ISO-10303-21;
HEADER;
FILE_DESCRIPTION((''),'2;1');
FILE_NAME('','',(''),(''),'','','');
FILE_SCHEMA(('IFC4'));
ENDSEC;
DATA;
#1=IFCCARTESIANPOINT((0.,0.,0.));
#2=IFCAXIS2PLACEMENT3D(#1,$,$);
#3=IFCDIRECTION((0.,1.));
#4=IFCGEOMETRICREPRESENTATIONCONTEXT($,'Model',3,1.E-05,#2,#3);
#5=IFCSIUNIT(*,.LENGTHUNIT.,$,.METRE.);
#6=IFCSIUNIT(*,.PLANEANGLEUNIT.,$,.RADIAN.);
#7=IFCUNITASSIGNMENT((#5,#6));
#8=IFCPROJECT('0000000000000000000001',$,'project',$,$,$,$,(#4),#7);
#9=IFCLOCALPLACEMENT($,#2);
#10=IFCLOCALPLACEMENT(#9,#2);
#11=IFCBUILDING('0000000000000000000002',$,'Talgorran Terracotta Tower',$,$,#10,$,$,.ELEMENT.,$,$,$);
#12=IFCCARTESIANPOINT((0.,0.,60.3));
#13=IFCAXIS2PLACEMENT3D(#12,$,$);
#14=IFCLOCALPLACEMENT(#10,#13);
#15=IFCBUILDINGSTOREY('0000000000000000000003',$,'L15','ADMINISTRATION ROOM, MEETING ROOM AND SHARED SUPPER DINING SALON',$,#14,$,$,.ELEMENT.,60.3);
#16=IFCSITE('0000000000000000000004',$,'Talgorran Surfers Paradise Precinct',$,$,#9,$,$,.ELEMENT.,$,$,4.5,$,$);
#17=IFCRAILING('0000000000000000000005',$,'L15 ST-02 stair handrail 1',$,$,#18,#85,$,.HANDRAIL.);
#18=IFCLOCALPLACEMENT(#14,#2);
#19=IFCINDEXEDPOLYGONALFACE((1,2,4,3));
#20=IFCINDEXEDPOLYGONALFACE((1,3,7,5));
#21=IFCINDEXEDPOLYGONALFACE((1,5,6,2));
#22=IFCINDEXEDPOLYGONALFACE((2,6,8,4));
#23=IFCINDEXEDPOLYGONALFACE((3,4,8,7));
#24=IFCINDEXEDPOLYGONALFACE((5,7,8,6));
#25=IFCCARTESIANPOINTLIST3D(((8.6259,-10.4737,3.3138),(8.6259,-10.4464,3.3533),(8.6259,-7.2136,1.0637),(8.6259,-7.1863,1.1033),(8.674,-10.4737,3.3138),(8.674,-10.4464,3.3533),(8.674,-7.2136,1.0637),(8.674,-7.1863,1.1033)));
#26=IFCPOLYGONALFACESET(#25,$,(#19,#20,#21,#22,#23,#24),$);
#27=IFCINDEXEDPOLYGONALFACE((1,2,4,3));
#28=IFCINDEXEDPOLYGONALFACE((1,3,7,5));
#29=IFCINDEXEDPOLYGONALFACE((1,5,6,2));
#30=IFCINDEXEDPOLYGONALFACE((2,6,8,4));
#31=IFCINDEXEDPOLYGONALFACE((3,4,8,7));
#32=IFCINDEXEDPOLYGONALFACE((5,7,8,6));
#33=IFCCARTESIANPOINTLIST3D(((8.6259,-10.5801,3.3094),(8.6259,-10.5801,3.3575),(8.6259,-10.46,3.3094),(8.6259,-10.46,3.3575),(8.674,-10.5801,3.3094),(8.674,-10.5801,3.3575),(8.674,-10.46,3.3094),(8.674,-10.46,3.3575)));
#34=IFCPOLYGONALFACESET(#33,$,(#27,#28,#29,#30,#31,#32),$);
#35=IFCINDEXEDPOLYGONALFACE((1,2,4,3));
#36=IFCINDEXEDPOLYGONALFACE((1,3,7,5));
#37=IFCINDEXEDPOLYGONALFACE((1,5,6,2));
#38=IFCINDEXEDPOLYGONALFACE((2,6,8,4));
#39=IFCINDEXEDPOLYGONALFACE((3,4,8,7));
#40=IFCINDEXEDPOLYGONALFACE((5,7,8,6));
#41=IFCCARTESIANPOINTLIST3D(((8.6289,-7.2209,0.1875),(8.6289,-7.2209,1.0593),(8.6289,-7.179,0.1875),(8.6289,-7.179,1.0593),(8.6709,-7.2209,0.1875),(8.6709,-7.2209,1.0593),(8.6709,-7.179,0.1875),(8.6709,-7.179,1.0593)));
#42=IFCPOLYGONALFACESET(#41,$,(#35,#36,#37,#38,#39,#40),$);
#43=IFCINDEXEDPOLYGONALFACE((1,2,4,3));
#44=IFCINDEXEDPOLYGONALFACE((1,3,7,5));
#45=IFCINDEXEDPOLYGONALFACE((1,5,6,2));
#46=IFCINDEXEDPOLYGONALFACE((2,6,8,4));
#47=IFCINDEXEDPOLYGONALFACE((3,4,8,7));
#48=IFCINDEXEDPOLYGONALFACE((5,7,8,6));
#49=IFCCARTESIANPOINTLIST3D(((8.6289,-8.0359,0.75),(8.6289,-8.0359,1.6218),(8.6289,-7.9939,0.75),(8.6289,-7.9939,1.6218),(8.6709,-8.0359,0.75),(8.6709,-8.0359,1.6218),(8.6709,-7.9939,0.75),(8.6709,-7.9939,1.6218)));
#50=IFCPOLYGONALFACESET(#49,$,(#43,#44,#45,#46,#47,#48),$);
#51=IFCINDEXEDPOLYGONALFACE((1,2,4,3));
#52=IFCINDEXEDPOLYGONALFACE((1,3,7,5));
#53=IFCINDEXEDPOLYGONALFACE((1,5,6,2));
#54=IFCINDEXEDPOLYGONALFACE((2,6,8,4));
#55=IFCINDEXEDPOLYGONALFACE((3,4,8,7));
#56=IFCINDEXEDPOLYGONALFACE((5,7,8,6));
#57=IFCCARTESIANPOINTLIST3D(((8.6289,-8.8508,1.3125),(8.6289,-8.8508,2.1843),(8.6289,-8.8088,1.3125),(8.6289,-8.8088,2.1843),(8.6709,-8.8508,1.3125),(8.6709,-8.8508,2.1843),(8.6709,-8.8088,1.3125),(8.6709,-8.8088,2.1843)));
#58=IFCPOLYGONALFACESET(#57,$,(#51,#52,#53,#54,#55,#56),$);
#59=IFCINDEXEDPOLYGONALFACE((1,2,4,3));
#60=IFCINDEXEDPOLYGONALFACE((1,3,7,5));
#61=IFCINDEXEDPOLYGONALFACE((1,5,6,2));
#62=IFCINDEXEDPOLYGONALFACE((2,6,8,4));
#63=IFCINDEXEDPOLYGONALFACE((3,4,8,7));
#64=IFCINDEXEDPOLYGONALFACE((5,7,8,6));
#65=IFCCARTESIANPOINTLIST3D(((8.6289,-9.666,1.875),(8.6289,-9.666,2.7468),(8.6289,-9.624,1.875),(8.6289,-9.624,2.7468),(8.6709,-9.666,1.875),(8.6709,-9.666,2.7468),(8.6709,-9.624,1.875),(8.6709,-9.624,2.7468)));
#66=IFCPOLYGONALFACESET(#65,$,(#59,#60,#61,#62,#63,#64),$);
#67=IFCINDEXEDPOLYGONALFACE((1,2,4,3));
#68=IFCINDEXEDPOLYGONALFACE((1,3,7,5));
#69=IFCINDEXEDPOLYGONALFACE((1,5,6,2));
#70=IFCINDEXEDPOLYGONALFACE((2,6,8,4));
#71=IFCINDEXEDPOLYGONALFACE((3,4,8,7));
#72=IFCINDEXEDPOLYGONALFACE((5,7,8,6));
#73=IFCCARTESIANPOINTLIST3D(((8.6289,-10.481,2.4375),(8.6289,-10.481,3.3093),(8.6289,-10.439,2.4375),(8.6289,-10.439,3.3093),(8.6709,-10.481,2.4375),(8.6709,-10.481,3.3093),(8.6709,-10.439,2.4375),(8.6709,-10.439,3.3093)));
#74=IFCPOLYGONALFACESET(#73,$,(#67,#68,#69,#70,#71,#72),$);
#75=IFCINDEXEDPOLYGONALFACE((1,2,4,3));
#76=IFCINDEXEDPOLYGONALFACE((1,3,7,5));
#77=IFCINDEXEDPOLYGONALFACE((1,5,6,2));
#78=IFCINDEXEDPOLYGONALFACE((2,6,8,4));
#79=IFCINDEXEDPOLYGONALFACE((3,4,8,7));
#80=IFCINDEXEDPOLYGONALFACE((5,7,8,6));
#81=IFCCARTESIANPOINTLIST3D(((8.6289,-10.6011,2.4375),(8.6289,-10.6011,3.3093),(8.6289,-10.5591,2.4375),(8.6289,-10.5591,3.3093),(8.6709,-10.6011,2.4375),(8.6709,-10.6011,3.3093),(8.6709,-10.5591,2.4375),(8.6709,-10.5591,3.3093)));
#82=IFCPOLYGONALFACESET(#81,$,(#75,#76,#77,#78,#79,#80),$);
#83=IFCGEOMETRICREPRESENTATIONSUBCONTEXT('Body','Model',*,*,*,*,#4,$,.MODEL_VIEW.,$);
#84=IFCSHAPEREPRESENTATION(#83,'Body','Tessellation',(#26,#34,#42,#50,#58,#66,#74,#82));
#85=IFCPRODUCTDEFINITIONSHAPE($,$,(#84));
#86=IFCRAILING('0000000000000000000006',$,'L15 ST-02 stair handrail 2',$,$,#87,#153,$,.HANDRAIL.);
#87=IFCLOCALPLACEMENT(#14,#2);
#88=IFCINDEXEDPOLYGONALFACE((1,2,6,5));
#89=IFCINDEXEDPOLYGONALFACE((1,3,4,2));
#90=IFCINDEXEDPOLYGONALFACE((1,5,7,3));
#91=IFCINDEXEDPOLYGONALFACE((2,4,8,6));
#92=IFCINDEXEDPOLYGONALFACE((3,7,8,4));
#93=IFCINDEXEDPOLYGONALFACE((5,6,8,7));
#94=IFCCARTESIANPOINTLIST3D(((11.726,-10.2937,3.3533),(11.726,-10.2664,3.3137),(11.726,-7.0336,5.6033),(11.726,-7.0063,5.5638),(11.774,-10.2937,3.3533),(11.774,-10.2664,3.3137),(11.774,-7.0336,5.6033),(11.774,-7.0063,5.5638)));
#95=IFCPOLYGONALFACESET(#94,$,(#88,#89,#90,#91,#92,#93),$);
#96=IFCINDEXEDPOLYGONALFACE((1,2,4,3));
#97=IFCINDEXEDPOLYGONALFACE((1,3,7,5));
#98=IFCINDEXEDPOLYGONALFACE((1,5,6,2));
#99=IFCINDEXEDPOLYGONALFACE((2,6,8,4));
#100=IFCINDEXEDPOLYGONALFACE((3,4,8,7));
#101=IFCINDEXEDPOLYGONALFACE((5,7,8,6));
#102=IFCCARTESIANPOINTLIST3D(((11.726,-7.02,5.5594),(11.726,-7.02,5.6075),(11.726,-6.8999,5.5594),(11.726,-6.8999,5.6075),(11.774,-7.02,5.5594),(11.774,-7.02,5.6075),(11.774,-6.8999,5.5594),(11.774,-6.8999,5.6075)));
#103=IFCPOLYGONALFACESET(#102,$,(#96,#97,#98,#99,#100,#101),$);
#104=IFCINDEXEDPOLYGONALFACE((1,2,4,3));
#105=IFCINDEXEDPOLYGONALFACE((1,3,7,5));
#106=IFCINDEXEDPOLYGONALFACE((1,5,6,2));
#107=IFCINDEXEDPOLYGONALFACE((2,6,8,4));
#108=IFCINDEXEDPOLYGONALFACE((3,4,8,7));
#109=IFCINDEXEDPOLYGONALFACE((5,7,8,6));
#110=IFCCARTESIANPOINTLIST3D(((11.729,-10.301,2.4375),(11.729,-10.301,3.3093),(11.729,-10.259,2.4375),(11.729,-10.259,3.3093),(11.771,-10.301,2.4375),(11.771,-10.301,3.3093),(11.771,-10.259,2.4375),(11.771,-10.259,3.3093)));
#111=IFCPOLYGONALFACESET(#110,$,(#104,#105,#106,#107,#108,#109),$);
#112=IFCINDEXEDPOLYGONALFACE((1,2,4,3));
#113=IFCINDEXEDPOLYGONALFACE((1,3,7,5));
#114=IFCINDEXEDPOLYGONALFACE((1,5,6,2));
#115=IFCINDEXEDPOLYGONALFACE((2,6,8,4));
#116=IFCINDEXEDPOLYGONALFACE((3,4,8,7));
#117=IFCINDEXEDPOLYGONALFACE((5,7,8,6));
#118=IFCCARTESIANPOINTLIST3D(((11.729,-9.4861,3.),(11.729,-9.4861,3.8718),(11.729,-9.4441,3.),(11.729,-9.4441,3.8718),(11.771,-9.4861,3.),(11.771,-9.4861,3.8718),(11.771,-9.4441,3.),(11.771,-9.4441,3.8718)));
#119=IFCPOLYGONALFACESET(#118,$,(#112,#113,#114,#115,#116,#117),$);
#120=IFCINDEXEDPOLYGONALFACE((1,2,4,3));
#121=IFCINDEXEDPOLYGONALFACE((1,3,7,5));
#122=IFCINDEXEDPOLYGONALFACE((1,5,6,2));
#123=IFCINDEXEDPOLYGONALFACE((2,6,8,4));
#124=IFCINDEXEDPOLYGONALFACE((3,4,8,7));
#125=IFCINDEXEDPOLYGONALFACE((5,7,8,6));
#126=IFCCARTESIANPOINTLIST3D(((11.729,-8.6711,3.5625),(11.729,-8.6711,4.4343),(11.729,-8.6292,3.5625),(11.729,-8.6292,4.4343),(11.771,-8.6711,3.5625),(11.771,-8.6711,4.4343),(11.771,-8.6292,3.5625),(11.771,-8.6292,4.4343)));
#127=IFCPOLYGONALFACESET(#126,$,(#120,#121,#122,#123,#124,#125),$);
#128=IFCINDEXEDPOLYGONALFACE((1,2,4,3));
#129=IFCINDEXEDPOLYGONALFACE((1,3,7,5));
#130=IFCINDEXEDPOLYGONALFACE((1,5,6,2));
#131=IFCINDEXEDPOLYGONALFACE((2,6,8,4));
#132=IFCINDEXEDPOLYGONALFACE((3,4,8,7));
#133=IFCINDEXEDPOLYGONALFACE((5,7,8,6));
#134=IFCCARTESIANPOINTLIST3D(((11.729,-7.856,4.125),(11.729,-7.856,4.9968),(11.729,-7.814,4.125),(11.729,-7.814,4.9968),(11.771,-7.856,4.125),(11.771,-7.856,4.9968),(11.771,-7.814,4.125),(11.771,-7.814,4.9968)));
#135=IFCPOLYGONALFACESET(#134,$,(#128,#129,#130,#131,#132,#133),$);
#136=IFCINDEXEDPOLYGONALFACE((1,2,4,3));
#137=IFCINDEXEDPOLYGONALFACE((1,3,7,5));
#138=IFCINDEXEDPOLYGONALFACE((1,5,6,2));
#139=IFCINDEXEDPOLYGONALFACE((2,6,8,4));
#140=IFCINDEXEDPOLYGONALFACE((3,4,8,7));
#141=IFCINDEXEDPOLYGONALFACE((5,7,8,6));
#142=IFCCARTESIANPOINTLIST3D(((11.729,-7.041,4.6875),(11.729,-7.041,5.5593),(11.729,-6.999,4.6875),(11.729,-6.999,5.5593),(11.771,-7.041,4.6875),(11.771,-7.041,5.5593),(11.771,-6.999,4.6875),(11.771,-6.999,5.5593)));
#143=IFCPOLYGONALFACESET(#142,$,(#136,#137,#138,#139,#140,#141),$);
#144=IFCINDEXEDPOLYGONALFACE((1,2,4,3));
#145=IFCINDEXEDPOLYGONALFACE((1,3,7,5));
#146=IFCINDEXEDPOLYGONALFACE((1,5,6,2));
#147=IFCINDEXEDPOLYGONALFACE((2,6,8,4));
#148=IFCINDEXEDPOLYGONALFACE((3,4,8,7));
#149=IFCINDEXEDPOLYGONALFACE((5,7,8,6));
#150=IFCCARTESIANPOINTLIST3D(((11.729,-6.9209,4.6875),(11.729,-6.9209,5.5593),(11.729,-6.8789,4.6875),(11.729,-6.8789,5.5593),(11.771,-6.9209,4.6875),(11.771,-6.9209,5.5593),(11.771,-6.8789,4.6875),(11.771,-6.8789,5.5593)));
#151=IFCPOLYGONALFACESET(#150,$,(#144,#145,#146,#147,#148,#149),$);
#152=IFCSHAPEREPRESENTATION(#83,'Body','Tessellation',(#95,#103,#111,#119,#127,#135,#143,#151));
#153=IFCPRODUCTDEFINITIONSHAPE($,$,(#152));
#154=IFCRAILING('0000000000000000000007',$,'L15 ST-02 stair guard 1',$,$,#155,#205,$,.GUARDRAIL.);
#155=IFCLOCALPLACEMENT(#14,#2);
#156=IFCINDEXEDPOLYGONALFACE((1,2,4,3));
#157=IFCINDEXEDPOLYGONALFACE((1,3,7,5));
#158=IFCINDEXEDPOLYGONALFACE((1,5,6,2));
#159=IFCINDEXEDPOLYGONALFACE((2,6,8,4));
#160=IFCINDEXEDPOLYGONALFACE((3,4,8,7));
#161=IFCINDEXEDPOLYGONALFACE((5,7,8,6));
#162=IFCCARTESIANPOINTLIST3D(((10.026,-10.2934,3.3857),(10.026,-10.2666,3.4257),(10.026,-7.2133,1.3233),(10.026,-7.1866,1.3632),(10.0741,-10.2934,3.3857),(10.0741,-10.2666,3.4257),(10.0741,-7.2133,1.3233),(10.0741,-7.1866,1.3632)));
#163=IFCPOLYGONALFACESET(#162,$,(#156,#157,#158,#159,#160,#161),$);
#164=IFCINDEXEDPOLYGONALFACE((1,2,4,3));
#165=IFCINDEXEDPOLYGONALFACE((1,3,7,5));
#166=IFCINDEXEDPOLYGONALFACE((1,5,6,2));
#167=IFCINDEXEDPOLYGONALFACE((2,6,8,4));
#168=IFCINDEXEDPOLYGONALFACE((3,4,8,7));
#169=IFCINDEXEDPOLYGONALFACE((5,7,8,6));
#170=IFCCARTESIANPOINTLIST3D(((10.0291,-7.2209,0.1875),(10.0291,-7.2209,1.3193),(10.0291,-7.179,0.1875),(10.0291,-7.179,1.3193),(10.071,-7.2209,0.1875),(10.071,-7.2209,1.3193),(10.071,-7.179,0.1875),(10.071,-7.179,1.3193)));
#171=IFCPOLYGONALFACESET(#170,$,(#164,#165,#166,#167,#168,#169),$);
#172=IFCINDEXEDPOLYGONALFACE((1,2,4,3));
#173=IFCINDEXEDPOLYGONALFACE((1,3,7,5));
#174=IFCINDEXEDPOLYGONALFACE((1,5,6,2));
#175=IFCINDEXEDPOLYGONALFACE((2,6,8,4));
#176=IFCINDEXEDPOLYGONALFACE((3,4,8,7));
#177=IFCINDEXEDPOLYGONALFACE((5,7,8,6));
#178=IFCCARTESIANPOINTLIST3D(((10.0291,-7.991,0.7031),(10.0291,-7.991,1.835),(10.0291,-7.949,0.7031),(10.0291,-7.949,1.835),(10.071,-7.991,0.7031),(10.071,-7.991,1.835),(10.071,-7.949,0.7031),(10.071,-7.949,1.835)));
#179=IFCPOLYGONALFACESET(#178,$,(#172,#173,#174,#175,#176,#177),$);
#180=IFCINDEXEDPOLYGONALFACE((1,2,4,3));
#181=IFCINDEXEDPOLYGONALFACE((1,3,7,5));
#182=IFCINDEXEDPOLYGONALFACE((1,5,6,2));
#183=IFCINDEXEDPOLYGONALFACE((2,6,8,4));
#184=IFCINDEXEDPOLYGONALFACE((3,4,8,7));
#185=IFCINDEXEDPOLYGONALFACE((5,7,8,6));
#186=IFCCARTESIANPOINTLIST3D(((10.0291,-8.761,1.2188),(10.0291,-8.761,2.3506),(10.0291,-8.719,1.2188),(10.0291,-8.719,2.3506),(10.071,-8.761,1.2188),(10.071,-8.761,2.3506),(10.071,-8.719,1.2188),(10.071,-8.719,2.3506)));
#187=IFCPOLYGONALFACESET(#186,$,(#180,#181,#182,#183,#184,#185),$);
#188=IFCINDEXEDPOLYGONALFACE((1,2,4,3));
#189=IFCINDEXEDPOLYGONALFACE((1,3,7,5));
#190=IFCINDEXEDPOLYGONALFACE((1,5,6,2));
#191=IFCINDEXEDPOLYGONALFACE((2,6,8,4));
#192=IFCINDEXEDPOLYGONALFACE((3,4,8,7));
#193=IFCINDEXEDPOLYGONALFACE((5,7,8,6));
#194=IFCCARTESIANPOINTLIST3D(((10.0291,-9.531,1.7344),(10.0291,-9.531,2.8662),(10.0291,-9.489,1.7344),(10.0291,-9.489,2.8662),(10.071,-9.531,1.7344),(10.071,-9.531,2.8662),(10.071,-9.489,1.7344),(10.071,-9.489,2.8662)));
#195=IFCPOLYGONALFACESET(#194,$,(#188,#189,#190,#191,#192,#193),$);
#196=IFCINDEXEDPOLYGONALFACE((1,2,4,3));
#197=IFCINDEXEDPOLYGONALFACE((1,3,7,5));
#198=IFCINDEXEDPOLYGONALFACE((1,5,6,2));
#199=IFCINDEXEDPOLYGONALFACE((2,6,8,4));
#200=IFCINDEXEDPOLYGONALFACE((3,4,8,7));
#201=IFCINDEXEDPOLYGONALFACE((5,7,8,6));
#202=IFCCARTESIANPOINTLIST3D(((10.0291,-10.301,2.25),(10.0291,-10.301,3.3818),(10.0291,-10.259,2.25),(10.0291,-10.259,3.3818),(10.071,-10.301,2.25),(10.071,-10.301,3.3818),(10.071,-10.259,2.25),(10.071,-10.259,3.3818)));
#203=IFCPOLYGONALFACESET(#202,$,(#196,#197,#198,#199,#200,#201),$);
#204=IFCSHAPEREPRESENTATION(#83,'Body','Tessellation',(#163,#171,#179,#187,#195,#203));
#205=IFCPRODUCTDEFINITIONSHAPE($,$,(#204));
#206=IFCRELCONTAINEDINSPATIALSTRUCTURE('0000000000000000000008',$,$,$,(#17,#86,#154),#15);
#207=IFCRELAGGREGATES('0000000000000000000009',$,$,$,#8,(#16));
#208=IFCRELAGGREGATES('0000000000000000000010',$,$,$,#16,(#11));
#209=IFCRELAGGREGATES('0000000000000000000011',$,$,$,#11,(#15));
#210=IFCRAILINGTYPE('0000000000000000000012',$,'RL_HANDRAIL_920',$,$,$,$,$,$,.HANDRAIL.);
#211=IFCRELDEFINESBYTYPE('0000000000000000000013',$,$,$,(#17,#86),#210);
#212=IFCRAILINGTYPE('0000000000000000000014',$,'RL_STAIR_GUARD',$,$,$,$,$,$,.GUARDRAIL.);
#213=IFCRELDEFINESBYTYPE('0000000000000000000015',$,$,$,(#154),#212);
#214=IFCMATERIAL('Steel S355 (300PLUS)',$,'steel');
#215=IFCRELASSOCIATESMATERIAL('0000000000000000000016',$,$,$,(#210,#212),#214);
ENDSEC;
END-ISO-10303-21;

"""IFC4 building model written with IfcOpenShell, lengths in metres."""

from ifc_helpers import new_model, si_unit, direction, frame, origin, origin_2d, place, context, subcontext, project, spatial, rectangle, extrude, material, type_object, element, save


model = new_model("IFC4")

# Units and contexts
model_context = context("Model", 3, precision=1e-05, world=origin(), true_north=direction((0.0, 1.0)))
body_context = subcontext(model_context, "Body", "Model", "MODEL_VIEW")
ifc_project = project(units=[si_unit("LENGTHUNIT", "METRE"), si_unit("PLANEANGLEUNIT", "RADIAN")], contexts=[model_context])

# Site, building, storey
site_placement = place(None, origin())
site = spatial("IfcSite", under=ifc_project, at=site_placement, Name="Talgorran Surfers Paradise Precinct", CompositionType="ELEMENT", RefElevation=4.5)
building_placement = place(site_placement, origin())
building = spatial("IfcBuilding", under=site, at=building_placement, Name="Talgorran Terracotta Tower", CompositionType="ELEMENT")
storey_placement = place(building_placement, frame((0.0, 0.0, 60.3)))
storey = spatial("IfcBuildingStorey", under=building, at=storey_placement, Name="L15", Description="ADMINISTRATION ROOM, MEETING ROOM AND SHARED SUPPER DINING SALON", CompositionType="ELEMENT", Elevation=60.3)

# Railings
ifc_material_1 = material(Name="Steel S355 (300PLUS)", Category="steel")
railing_type_1 = type_object("IfcRailingType", Name="RL_HANDRAIL_920", PredefinedType="HANDRAIL", material=ifc_material_1)
railing_1_placement = place(storey_placement, frame((8.6499, -7.2, 0.1875)))
element("IfcRailing", 1, at=railing_1_placement, inside=storey, type_object=railing_type_1, Name="L15 ST-02 stair handrail 1", PredefinedType="HANDRAIL", context=body_context, shape_type="SweptSolid", body=[
    extrude(rectangle(XDim=0.0481, YDim=0.0481, at=origin_2d()), frame((0.0, 0.0, 0.896), z_axis=(0.0, -0.82301, 0.568027), x_axis=(1.0, 0.0, 0.0)), (0.0, 0.0, 1.0), 3.9612),
    extrude(rectangle(XDim=0.0481, YDim=0.0481, at=origin_2d()), frame((0.0, -3.26, 3.146), z_axis=(0.0, -1.0, 0.0), x_axis=(1.0, 0.0, 0.0)), (0.0, 0.0, 1.0), 0.1201),
    extrude(rectangle(XDim=0.042, YDim=0.042, at=origin_2d()), origin(), (0.0, 0.0, 1.0), 0.8718),
    extrude(rectangle(XDim=0.042, YDim=0.042, at=origin_2d()), frame((0.0, -0.8149, 0.5625)), (0.0, 0.0, 1.0), 0.8718),
    extrude(rectangle(XDim=0.042, YDim=0.042, at=origin_2d()), frame((0.0, -1.6299, 1.125)), (0.0, 0.0, 1.0), 0.8718),
    extrude(rectangle(XDim=0.042, YDim=0.042, at=origin_2d()), frame((0.0, -2.4451, 1.6875)), (0.0, 0.0, 1.0), 0.8718),
    extrude(rectangle(XDim=0.042, YDim=0.042, at=origin_2d()), frame((0.0, -3.26, 2.25)), (0.0, 0.0, 1.0), 0.8718),
    extrude(rectangle(XDim=0.042, YDim=0.042, at=origin_2d()), frame((0.0, -3.3801, 2.25)), (0.0, 0.0, 1.0), 0.8718),
])
railing_2_placement = place(storey_placement, frame((11.75, -10.28, 2.4375)))
element("IfcRailing", 2, at=railing_2_placement, inside=storey, type_object=railing_type_1, Name="L15 ST-02 stair handrail 2", PredefinedType="HANDRAIL", context=body_context, shape_type="SweptSolid", body=[
    extrude(rectangle(XDim=0.0481, YDim=0.0481, at=origin_2d()), frame((0.0, 0.0, 0.896), z_axis=(0.0, 0.82301, 0.568027), x_axis=(-1.0, 0.0, 0.0)), (0.0, 0.0, 1.0), 3.9612),
    extrude(rectangle(XDim=0.0481, YDim=0.0481, at=origin_2d()), frame((0.0, 3.26, 3.146), z_axis=(0.0, 1.0, 0.0), x_axis=(-1.0, 0.0, 0.0)), (0.0, 0.0, 1.0), 0.1201),
    extrude(rectangle(XDim=0.042, YDim=0.042, at=origin_2d()), origin(), (0.0, 0.0, 1.0), 0.8718),
    extrude(rectangle(XDim=0.042, YDim=0.042, at=origin_2d()), frame((0.0, 0.8149, 0.5625)), (0.0, 0.0, 1.0), 0.8718),
    extrude(rectangle(XDim=0.042, YDim=0.042, at=origin_2d()), frame((0.0, 1.6299, 1.125)), (0.0, 0.0, 1.0), 0.8718),
    extrude(rectangle(XDim=0.042, YDim=0.042, at=origin_2d()), frame((0.0, 2.4451, 1.6875)), (0.0, 0.0, 1.0), 0.8718),
    extrude(rectangle(XDim=0.042, YDim=0.042, at=origin_2d()), frame((0.0, 3.26, 2.25)), (0.0, 0.0, 1.0), 0.8718),
    extrude(rectangle(XDim=0.042, YDim=0.042, at=origin_2d()), frame((0.0, 3.3801, 2.25)), (0.0, 0.0, 1.0), 0.8718),
])
railing_type_2 = type_object("IfcRailingType", Name="RL_STAIR_GUARD", PredefinedType="GUARDRAIL", material=ifc_material_1)
railing_3_placement = place(storey_placement, frame((10.05, -7.2, 0.1875)))
element("IfcRailing", 3, at=railing_3_placement, inside=storey, type_object=railing_type_2, Name="L15 ST-02 stair guard 1", PredefinedType="GUARDRAIL", context=body_context, shape_type="SweptSolid", body=[
    extrude(rectangle(XDim=0.0481, YDim=0.0481, at=origin_2d()), frame((0.0, 0.0, 1.1558), z_axis=(0.0, -0.830914, 0.556401), x_axis=(1.0, 0.0, 0.0)), (0.0, 0.0, 1.0), 3.7068),
    extrude(rectangle(XDim=0.042, YDim=0.042, at=origin_2d()), origin(), (0.0, 0.0, 1.0), 1.1318),
    extrude(rectangle(XDim=0.042, YDim=0.042, at=origin_2d()), frame((0.0, -0.77, 0.5156)), (0.0, 0.0, 1.0), 1.1318),
    extrude(rectangle(XDim=0.042, YDim=0.042, at=origin_2d()), frame((0.0, -1.54, 1.0312)), (0.0, 0.0, 1.0), 1.1318),
    extrude(rectangle(XDim=0.042, YDim=0.042, at=origin_2d()), frame((0.0, -2.3101, 1.5469)), (0.0, 0.0, 1.0), 1.1318),
    extrude(rectangle(XDim=0.042, YDim=0.042, at=origin_2d()), frame((0.0, -3.0801, 2.0625)), (0.0, 0.0, 1.0), 1.1318),
])

save(model, "model.ifc")
